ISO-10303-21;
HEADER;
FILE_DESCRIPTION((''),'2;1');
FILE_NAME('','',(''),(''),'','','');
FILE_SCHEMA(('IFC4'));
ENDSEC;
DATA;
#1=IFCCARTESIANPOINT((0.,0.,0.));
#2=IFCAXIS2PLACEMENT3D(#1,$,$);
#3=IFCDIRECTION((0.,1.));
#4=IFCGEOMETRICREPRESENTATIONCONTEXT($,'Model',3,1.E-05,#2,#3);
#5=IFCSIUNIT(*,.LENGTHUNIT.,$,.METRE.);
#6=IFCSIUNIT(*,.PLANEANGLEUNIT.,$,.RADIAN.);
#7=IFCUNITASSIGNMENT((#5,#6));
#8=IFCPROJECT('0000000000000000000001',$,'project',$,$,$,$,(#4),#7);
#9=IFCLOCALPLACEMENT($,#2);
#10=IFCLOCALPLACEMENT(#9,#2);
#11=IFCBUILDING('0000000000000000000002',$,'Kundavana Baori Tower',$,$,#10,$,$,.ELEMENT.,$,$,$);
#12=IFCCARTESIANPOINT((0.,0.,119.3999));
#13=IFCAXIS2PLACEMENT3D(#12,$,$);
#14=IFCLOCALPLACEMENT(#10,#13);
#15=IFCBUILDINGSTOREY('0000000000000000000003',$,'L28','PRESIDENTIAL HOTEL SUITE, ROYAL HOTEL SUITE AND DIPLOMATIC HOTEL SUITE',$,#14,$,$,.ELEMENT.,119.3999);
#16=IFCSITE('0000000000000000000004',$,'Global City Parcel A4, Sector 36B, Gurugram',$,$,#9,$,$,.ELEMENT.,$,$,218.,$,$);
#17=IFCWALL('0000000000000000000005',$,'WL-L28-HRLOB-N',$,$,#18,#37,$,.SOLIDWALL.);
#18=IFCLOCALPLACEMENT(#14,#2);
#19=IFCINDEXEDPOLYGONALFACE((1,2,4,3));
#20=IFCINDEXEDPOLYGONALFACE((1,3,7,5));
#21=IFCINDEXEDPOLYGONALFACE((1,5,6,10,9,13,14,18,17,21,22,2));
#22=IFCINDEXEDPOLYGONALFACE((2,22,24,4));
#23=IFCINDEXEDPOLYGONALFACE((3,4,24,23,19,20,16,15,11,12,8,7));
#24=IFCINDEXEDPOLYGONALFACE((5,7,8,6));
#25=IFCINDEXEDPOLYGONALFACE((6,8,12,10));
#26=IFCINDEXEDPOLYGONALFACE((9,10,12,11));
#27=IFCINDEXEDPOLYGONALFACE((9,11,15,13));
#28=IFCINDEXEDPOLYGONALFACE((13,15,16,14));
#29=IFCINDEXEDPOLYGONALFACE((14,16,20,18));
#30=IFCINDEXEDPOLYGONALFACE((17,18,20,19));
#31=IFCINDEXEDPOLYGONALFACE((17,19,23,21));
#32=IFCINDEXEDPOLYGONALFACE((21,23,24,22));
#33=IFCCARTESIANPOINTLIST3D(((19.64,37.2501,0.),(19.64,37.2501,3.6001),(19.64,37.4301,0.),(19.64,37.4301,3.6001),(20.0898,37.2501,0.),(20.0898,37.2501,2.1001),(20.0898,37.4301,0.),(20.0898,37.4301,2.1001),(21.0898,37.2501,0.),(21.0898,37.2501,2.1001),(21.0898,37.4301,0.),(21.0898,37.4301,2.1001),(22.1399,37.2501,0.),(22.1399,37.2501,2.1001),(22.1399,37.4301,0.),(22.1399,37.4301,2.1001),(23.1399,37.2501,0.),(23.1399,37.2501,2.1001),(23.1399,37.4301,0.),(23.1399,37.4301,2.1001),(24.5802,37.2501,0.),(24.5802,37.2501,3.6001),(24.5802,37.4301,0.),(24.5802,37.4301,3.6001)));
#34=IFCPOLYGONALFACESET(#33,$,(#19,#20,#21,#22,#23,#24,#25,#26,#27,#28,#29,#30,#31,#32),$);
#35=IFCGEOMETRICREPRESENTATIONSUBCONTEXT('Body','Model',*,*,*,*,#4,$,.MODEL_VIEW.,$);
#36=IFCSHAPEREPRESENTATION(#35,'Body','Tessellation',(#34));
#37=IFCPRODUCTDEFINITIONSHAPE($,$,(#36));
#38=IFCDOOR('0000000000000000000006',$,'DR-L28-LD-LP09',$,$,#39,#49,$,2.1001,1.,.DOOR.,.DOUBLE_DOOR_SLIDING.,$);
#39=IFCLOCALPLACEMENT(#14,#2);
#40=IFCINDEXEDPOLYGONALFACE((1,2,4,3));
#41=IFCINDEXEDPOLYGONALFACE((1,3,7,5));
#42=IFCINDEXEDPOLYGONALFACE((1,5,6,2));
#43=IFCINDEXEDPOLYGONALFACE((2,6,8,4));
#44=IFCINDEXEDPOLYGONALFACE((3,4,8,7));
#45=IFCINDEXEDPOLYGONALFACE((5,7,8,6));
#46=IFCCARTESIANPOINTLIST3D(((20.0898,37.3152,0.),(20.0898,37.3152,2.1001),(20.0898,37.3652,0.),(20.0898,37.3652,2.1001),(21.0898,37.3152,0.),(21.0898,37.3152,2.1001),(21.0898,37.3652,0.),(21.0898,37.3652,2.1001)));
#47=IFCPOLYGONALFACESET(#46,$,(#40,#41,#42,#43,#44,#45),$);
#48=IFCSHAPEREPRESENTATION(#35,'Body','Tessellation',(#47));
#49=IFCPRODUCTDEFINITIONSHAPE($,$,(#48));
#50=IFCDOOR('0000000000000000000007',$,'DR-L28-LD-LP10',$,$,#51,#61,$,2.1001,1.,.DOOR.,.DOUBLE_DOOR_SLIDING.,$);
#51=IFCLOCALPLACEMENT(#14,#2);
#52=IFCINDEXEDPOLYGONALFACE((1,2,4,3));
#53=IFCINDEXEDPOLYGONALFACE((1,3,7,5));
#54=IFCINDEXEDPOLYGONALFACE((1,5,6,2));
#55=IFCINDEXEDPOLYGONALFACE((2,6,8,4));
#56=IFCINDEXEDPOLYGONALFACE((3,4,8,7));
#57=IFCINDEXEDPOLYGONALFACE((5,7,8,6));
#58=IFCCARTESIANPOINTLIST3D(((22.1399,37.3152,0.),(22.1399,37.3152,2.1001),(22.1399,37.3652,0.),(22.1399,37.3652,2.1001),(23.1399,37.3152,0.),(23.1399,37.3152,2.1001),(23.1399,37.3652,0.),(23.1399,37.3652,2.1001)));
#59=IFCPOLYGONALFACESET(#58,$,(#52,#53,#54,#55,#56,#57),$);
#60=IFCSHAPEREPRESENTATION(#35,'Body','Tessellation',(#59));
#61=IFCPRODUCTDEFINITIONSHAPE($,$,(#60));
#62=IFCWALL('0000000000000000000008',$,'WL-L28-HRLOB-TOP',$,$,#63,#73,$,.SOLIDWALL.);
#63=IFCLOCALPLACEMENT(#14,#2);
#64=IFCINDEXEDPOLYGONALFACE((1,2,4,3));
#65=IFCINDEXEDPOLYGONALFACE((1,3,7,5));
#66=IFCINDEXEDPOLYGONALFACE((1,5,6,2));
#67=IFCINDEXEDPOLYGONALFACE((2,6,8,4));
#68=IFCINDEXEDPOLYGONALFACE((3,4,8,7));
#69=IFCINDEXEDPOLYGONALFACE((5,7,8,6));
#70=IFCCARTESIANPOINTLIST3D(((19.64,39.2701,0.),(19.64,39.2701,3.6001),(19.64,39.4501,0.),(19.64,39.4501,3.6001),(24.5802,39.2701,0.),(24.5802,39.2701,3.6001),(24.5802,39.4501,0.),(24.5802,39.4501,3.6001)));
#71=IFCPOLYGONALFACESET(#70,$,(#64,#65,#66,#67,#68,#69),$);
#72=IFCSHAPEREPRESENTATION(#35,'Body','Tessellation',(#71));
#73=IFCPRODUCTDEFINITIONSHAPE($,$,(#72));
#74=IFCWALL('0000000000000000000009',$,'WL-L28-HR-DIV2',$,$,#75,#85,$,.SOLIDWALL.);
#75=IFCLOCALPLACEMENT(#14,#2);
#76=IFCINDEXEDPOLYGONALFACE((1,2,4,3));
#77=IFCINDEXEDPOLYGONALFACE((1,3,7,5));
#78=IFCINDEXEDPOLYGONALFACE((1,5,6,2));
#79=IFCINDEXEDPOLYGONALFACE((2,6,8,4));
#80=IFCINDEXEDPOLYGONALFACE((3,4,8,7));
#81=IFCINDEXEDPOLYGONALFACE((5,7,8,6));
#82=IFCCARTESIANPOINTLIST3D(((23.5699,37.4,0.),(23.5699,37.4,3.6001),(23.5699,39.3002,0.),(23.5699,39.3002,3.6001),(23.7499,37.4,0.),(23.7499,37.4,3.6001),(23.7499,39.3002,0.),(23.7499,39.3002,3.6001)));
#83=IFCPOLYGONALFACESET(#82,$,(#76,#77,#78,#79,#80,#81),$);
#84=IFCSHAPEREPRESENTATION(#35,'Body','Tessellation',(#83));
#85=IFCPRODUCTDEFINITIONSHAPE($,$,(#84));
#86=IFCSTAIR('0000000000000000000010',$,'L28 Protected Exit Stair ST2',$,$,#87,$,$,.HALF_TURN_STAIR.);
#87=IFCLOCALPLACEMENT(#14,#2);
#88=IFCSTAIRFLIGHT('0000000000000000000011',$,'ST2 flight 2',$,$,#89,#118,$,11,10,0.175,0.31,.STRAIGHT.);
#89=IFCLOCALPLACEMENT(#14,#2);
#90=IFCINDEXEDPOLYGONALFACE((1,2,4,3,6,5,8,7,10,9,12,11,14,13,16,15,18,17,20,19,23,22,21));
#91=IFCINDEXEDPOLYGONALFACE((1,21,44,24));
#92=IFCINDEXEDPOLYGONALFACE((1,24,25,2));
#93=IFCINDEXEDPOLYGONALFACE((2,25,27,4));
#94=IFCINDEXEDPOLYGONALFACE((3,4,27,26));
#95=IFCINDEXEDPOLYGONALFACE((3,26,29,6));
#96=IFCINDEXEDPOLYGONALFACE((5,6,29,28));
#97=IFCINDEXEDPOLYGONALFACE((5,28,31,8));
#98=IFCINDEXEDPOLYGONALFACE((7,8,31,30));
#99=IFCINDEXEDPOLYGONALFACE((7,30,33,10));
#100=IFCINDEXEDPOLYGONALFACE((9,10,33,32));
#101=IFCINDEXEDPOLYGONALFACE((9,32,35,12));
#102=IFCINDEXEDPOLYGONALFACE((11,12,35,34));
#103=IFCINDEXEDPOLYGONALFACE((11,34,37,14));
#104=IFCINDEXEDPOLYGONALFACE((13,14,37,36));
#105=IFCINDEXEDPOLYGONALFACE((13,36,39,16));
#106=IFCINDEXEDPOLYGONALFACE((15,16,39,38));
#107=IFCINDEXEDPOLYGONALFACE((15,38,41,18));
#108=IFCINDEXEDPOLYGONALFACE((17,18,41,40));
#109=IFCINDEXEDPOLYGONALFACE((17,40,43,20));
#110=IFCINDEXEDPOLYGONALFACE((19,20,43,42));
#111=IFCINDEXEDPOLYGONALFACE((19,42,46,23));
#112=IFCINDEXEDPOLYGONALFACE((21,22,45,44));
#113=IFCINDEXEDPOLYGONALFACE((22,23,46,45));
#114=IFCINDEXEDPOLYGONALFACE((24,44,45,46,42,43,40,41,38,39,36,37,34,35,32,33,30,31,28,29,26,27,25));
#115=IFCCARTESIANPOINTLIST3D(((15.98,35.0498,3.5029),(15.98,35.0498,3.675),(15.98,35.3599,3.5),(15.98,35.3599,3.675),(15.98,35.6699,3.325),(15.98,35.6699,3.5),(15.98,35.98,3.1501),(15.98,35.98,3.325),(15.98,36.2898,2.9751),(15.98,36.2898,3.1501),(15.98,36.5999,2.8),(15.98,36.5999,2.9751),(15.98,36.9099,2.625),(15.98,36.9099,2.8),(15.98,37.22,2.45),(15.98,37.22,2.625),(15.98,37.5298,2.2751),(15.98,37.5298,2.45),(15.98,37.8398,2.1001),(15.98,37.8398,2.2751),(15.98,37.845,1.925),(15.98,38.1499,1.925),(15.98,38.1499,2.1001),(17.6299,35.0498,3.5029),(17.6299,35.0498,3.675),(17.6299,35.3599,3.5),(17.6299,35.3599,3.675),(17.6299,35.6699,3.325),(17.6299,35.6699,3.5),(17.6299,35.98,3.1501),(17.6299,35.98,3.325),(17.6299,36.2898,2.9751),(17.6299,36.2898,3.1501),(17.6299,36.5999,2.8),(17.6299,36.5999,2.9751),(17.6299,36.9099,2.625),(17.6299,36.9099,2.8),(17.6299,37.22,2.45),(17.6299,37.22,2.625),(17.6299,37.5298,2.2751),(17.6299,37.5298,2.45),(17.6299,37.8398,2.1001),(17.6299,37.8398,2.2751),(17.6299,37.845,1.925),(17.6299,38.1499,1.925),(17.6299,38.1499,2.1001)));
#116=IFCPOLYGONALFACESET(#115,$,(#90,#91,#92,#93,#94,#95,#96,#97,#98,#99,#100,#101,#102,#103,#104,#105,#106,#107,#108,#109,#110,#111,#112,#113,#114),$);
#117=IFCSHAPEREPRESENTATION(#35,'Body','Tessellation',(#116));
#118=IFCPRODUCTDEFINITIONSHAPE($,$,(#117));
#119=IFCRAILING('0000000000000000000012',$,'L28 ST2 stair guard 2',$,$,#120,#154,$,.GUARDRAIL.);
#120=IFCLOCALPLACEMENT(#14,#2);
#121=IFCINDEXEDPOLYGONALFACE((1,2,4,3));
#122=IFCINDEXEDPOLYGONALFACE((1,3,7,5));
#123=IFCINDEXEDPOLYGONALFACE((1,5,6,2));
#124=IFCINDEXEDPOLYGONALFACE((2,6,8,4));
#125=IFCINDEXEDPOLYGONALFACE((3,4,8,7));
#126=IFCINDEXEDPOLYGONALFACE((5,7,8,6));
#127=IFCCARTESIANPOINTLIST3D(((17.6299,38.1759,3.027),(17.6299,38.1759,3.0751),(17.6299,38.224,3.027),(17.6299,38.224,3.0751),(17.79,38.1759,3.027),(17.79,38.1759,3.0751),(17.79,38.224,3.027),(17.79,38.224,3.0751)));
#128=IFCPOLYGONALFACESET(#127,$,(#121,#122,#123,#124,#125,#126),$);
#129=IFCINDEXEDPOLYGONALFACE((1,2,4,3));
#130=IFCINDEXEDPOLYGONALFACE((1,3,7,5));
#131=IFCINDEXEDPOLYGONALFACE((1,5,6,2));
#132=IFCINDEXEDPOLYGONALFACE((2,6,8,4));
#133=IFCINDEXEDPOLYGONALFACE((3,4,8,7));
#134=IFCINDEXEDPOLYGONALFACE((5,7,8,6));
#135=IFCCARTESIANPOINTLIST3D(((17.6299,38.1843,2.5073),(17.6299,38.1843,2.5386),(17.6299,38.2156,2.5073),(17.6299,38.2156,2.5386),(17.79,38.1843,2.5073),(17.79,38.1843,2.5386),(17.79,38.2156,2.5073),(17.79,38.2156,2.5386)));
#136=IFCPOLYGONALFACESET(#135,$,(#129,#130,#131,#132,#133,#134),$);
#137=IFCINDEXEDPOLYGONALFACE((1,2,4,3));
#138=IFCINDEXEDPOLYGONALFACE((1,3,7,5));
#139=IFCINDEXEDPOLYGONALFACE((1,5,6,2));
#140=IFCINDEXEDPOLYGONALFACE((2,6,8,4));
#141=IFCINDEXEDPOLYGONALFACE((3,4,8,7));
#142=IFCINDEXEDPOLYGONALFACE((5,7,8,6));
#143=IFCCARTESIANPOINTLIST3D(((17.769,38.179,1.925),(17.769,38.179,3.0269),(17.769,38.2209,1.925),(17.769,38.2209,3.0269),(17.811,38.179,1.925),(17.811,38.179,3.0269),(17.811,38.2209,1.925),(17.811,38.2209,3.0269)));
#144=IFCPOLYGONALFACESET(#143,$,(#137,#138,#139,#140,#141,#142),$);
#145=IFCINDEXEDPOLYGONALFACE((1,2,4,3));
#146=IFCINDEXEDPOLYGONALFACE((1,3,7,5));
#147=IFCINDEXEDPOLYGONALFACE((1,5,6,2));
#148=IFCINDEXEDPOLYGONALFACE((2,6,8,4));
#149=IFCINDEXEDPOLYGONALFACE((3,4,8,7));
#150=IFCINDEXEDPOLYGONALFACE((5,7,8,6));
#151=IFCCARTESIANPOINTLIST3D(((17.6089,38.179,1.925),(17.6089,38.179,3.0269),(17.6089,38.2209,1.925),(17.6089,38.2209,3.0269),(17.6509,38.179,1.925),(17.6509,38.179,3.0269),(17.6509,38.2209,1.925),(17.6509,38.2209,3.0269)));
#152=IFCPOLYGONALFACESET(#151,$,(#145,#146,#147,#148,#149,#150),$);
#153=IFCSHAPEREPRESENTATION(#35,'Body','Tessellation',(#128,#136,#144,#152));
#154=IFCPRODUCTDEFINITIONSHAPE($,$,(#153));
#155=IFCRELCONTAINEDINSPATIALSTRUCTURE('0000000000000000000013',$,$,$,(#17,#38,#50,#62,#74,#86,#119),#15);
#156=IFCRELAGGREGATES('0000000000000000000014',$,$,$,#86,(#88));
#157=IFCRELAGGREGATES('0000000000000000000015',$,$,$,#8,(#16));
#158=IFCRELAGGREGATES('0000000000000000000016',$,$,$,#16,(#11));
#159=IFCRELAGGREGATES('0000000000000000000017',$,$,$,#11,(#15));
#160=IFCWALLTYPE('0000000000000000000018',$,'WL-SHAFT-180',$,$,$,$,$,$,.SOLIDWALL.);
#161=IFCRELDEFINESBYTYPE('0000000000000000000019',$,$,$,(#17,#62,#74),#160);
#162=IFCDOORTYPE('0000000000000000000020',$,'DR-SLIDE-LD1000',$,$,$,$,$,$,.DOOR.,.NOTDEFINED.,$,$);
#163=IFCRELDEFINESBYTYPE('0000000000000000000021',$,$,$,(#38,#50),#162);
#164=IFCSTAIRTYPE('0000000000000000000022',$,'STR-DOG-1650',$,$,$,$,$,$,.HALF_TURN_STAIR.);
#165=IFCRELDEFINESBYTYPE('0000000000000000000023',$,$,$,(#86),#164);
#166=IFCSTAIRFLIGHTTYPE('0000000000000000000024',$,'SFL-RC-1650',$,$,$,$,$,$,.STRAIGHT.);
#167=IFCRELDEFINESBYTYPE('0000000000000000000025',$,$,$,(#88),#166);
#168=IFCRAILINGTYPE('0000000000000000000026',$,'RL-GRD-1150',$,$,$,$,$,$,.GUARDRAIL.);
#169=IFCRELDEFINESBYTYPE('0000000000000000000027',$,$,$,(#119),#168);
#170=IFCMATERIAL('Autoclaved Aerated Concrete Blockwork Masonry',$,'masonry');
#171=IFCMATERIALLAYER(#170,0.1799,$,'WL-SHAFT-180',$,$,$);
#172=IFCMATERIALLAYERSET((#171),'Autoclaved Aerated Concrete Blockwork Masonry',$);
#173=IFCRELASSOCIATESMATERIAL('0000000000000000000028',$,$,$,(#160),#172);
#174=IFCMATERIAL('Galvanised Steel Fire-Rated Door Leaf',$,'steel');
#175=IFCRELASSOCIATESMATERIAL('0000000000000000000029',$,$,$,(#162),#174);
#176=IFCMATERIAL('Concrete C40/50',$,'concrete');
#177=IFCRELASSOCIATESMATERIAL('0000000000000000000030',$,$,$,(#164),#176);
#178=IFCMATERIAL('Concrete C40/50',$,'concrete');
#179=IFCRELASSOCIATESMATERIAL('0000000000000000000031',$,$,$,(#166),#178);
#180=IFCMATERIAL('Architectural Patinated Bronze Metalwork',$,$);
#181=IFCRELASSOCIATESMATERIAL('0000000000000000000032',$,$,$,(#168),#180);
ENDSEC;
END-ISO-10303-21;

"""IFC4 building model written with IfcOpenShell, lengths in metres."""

from ifc_helpers import new_model, si_unit, direction, frame, frame_2d, origin, origin_2d, place, context, subcontext, project, spatial, polyline, rectangle, outline, extrude, material, layer, layer_set, type_object, element, fill, aggregate, save


model = new_model("IFC4")

# Units and contexts
model_context = context("Model", 3, precision=1e-05, world=origin(), true_north=direction((0.0, 1.0)))
body_context = subcontext(model_context, "Body", "Model", "MODEL_VIEW")
ifc_project = project(units=[si_unit("LENGTHUNIT", "METRE"), si_unit("PLANEANGLEUNIT", "RADIAN")], contexts=[model_context])

# Site, building, storey
site_placement = place(None, origin())
site = spatial("IfcSite", under=ifc_project, at=site_placement, Name="Global City Parcel A4, Sector 36B, Gurugram", CompositionType="ELEMENT", RefElevation=218.0)
building_placement = place(site_placement, origin())
building = spatial("IfcBuilding", under=site, at=building_placement, Name="Kundavana Baori Tower", CompositionType="ELEMENT")
storey_placement = place(building_placement, frame((0.0, 0.0, 119.3999)))
storey = spatial("IfcBuildingStorey", under=building, at=storey_placement, Name="L28", Description="PRESIDENTIAL HOTEL SUITE, ROYAL HOTEL SUITE AND DIPLOMATIC HOTEL SUITE", CompositionType="ELEMENT", Elevation=119.3999)

# Shared definitions
ifc_material_1 = material(Name="Autoclaved Aerated Concrete Blockwork Masonry", Category="masonry")
ifc_layer_1 = layer(ifc_material_1, 0.1799, Name="WL-SHAFT-180")
ifc_layer_set_1 = layer_set([ifc_layer_1], Name="Autoclaved Aerated Concrete Blockwork Masonry")
wall_type_1 = type_object("IfcWallType", Name="WL-SHAFT-180", PredefinedType="SOLIDWALL", material=ifc_layer_set_1)
ifc_material_2 = material(Name="Galvanised Steel Fire-Rated Door Leaf", Category="steel")
door_type_1 = type_object("IfcDoorType", Name="DR-SLIDE-LD1000", OperationType="NOTDEFINED", PredefinedType="DOOR", material=ifc_material_2)

# Wall, openings, doors
wall_1_placement = place(storey_placement, frame((19.6399, 37.3401, 0.0), z_axis=(0.0, 0.0, 1.0), x_axis=(1.0, 0.0, 0.0)))
wall_1 = element("IfcWall", 1, at=wall_1_placement, inside=storey, type_object=wall_type_1, Name="WL-L28-HRLOB-N", PredefinedType="SOLIDWALL", context=body_context, shape_type="SweptSolid", body=[
    extrude(rectangle(XDim=4.9402, YDim=0.1799, at=frame_2d((2.4702, 0.0))), origin(), (0.0, 0.0, 1.0), 3.6001),
])
opening_1_placement = place(wall_1_placement, frame((0.45, 0.0, 0.0)))
opening_1 = element("IfcOpeningElement", 2, at=opening_1_placement, cuts=wall_1, PredefinedType="OPENING", context=body_context, shape_type="SweptSolid", body=[
    extrude(rectangle(XDim=1.0, YDim=2.1001, at=frame_2d((0.5, 1.05))), frame((0.0, 0.1001, 0.0), z_axis=(0.0, -1.0, 0.0), x_axis=(1.0, 0.0, 0.0)), (0.0, 0.0, 1.0), 0.2),
])
opening_2_placement = place(wall_1_placement, frame((2.5, 0.0, 0.0)))
opening_2 = element("IfcOpeningElement", 3, at=opening_2_placement, cuts=wall_1, PredefinedType="OPENING", context=body_context, shape_type="SweptSolid", body=[
    extrude(rectangle(XDim=1.0, YDim=2.1001, at=frame_2d((0.5, 1.05))), frame((0.0, 0.1001, 0.0), z_axis=(0.0, -1.0, 0.0), x_axis=(1.0, 0.0, 0.0)), (0.0, 0.0, 1.0), 0.2),
])
door_1_placement = place(opening_1_placement, frame((1.0, 0.0, 0.0), z_axis=(0.0, 0.0, 1.0), x_axis=(-1.0, 0.0, 0.0)))
door_1 = element("IfcDoor", 4, at=door_1_placement, inside=storey, type_object=door_type_1, Name="DR-L28-LD-LP09", OperationType="DOUBLE_DOOR_SLIDING", OverallHeight=2.1001, OverallWidth=1.0, PredefinedType="DOOR", context=body_context, shape_type="SweptSolid", body=[
    extrude(rectangle(XDim=1.0, YDim=2.1001, at=frame_2d((0.5, 1.05))), frame((0.0, 0.0249, 0.0), z_axis=(0.0, -1.0, 0.0), x_axis=(1.0, 0.0, 0.0)), (0.0, 0.0, 1.0), 0.05),
])
fill(opening_1, door_1)
door_2_placement = place(opening_2_placement, frame((1.0, 0.0, 0.0), z_axis=(0.0, 0.0, 1.0), x_axis=(-1.0, 0.0, 0.0)))
door_2 = element("IfcDoor", 5, at=door_2_placement, inside=storey, type_object=door_type_1, Name="DR-L28-LD-LP10", OperationType="DOUBLE_DOOR_SLIDING", OverallHeight=2.1001, OverallWidth=1.0, PredefinedType="DOOR", context=body_context, shape_type="SweptSolid", body=[
    extrude(rectangle(XDim=1.0, YDim=2.1001, at=frame_2d((0.5, 1.05))), frame((0.0, 0.0249, 0.0), z_axis=(0.0, -1.0, 0.0), x_axis=(1.0, 0.0, 0.0)), (0.0, 0.0, 1.0), 0.05),
])
fill(opening_2, door_2)

# Walls
wall_2_placement = place(storey_placement, frame((19.6399, 39.3601, 0.0), z_axis=(0.0, 0.0, 1.0), x_axis=(1.0, 0.0, 0.0)))
element("IfcWall", 6, at=wall_2_placement, inside=storey, type_object=wall_type_1, Name="WL-L28-HRLOB-TOP", PredefinedType="SOLIDWALL", context=body_context, shape_type="SweptSolid", body=[
    extrude(rectangle(XDim=4.9402, YDim=0.1799, at=frame_2d((2.4702, 0.0))), origin(), (0.0, 0.0, 1.0), 3.6001),
])
wall_3_placement = place(storey_placement, frame((23.6599, 37.3999, 0.0), z_axis=(0.0, 0.0, 1.0), x_axis=(0.0, 1.0, 0.0)))
element("IfcWall", 7, at=wall_3_placement, inside=storey, type_object=wall_type_1, Name="WL-L28-HR-DIV2", PredefinedType="SOLIDWALL", context=body_context, shape_type="SweptSolid", body=[
    extrude(rectangle(XDim=1.9001, YDim=0.1799, at=frame_2d((0.9502, 0.0))), origin(), (0.0, 0.0, 1.0), 3.6001),
])

# Stair, stair flight
ifc_material_3 = material(Name="Concrete C40/50", Category="concrete")
stair_type = type_object("IfcStairType", Name="STR-DOG-1650", PredefinedType="HALF_TURN_STAIR", material=ifc_material_3)
stair_placement = place(storey_placement, origin())
stair = element("IfcStair", 8, at=stair_placement, inside=storey, type_object=stair_type, Name="L28 Protected Exit Stair ST2", PredefinedType="HALF_TURN_STAIR")
ifc_material_4 = material(Name="Concrete C40/50", Category="concrete")
stair_flight_type = type_object("IfcStairFlightType", Name="SFL-RC-1650", PredefinedType="STRAIGHT", material=ifc_material_4)
stair_flight_placement = place(storey_placement, frame((16.8049, 38.1499, 1.925), z_axis=(0.0, 0.0, 1.0), x_axis=(0.0, -1.0, 0.0)))
stair_flight = element("IfcStairFlight", 9, at=stair_flight_placement, type_object=stair_flight_type, Name="ST2 flight 2", NumberOfRisers=11, NumberOfTreads=10, PredefinedType="STRAIGHT", RiserHeight=0.175, TreadLength=0.31, context=body_context, shape_type="SweptSolid", body=[
    extrude(outline(polyline([(0.0, 0.0), (0.0, 0.175), (0.3101, 0.175), (0.3101, 0.3501), (0.6201, 0.3501), (0.6201, 0.5249), (0.9299, 0.5249), (0.9299, 0.7), (1.24, 0.7), (1.24, 0.875), (1.55, 0.875), (1.55, 1.05), (1.8601, 1.05), (1.8601, 1.2251), (2.1699, 1.2251), (2.1699, 1.3999), (2.48, 1.3999), (2.48, 1.575), (2.79, 1.575), (2.79, 1.75), (3.1001, 1.75), (3.1001, 1.925), (3.1001, 1.5779), (0.3049, 0.0), (0.0, 0.0)])), frame((0.0, 0.825, 0.0), z_axis=(0.0, -1.0, 0.0), x_axis=(1.0, 0.0, 0.0)), (0.0, 0.0, 1.0), 1.6499),
])
aggregate(stair, [stair_flight])

# Railing
ifc_material_5 = material(Name="Architectural Patinated Bronze Metalwork")
railing_type_1 = type_object("IfcRailingType", Name="RL-GRD-1150", PredefinedType="GUARDRAIL", material=ifc_material_5)
railing_1_placement = place(storey_placement, frame((17.79, 38.2, 1.925)))
element("IfcRailing", 10, at=railing_1_placement, inside=storey, type_object=railing_type_1, Name="L28 ST2 stair guard 2", PredefinedType="GUARDRAIL", context=body_context, shape_type="SweptSolid", body=[
    extrude(rectangle(XDim=0.0481, YDim=0.0481, at=origin_2d()), frame((0.0, 0.0, 1.126), z_axis=(-1.0, 0.0, 0.0), x_axis=(0.0, -1.0, 0.0)), (0.0, 0.0, 1.0), 0.1602),
    extrude(rectangle(XDim=0.0312, YDim=0.0312, at=origin_2d()), frame((0.0, 0.0, 0.5979), z_axis=(-1.0, 0.0, 0.0), x_axis=(0.0, -1.0, 0.0)), (0.0, 0.0, 1.0), 0.1602),
    extrude(rectangle(XDim=0.042, YDim=0.042, at=origin_2d()), origin(), (0.0, 0.0, 1.0), 1.1018),
    extrude(rectangle(XDim=0.042, YDim=0.042, at=origin_2d()), frame((-0.1602, 0.0, 0.0)), (0.0, 0.0, 1.0), 1.1018),
])

save(model, "model.ifc")
